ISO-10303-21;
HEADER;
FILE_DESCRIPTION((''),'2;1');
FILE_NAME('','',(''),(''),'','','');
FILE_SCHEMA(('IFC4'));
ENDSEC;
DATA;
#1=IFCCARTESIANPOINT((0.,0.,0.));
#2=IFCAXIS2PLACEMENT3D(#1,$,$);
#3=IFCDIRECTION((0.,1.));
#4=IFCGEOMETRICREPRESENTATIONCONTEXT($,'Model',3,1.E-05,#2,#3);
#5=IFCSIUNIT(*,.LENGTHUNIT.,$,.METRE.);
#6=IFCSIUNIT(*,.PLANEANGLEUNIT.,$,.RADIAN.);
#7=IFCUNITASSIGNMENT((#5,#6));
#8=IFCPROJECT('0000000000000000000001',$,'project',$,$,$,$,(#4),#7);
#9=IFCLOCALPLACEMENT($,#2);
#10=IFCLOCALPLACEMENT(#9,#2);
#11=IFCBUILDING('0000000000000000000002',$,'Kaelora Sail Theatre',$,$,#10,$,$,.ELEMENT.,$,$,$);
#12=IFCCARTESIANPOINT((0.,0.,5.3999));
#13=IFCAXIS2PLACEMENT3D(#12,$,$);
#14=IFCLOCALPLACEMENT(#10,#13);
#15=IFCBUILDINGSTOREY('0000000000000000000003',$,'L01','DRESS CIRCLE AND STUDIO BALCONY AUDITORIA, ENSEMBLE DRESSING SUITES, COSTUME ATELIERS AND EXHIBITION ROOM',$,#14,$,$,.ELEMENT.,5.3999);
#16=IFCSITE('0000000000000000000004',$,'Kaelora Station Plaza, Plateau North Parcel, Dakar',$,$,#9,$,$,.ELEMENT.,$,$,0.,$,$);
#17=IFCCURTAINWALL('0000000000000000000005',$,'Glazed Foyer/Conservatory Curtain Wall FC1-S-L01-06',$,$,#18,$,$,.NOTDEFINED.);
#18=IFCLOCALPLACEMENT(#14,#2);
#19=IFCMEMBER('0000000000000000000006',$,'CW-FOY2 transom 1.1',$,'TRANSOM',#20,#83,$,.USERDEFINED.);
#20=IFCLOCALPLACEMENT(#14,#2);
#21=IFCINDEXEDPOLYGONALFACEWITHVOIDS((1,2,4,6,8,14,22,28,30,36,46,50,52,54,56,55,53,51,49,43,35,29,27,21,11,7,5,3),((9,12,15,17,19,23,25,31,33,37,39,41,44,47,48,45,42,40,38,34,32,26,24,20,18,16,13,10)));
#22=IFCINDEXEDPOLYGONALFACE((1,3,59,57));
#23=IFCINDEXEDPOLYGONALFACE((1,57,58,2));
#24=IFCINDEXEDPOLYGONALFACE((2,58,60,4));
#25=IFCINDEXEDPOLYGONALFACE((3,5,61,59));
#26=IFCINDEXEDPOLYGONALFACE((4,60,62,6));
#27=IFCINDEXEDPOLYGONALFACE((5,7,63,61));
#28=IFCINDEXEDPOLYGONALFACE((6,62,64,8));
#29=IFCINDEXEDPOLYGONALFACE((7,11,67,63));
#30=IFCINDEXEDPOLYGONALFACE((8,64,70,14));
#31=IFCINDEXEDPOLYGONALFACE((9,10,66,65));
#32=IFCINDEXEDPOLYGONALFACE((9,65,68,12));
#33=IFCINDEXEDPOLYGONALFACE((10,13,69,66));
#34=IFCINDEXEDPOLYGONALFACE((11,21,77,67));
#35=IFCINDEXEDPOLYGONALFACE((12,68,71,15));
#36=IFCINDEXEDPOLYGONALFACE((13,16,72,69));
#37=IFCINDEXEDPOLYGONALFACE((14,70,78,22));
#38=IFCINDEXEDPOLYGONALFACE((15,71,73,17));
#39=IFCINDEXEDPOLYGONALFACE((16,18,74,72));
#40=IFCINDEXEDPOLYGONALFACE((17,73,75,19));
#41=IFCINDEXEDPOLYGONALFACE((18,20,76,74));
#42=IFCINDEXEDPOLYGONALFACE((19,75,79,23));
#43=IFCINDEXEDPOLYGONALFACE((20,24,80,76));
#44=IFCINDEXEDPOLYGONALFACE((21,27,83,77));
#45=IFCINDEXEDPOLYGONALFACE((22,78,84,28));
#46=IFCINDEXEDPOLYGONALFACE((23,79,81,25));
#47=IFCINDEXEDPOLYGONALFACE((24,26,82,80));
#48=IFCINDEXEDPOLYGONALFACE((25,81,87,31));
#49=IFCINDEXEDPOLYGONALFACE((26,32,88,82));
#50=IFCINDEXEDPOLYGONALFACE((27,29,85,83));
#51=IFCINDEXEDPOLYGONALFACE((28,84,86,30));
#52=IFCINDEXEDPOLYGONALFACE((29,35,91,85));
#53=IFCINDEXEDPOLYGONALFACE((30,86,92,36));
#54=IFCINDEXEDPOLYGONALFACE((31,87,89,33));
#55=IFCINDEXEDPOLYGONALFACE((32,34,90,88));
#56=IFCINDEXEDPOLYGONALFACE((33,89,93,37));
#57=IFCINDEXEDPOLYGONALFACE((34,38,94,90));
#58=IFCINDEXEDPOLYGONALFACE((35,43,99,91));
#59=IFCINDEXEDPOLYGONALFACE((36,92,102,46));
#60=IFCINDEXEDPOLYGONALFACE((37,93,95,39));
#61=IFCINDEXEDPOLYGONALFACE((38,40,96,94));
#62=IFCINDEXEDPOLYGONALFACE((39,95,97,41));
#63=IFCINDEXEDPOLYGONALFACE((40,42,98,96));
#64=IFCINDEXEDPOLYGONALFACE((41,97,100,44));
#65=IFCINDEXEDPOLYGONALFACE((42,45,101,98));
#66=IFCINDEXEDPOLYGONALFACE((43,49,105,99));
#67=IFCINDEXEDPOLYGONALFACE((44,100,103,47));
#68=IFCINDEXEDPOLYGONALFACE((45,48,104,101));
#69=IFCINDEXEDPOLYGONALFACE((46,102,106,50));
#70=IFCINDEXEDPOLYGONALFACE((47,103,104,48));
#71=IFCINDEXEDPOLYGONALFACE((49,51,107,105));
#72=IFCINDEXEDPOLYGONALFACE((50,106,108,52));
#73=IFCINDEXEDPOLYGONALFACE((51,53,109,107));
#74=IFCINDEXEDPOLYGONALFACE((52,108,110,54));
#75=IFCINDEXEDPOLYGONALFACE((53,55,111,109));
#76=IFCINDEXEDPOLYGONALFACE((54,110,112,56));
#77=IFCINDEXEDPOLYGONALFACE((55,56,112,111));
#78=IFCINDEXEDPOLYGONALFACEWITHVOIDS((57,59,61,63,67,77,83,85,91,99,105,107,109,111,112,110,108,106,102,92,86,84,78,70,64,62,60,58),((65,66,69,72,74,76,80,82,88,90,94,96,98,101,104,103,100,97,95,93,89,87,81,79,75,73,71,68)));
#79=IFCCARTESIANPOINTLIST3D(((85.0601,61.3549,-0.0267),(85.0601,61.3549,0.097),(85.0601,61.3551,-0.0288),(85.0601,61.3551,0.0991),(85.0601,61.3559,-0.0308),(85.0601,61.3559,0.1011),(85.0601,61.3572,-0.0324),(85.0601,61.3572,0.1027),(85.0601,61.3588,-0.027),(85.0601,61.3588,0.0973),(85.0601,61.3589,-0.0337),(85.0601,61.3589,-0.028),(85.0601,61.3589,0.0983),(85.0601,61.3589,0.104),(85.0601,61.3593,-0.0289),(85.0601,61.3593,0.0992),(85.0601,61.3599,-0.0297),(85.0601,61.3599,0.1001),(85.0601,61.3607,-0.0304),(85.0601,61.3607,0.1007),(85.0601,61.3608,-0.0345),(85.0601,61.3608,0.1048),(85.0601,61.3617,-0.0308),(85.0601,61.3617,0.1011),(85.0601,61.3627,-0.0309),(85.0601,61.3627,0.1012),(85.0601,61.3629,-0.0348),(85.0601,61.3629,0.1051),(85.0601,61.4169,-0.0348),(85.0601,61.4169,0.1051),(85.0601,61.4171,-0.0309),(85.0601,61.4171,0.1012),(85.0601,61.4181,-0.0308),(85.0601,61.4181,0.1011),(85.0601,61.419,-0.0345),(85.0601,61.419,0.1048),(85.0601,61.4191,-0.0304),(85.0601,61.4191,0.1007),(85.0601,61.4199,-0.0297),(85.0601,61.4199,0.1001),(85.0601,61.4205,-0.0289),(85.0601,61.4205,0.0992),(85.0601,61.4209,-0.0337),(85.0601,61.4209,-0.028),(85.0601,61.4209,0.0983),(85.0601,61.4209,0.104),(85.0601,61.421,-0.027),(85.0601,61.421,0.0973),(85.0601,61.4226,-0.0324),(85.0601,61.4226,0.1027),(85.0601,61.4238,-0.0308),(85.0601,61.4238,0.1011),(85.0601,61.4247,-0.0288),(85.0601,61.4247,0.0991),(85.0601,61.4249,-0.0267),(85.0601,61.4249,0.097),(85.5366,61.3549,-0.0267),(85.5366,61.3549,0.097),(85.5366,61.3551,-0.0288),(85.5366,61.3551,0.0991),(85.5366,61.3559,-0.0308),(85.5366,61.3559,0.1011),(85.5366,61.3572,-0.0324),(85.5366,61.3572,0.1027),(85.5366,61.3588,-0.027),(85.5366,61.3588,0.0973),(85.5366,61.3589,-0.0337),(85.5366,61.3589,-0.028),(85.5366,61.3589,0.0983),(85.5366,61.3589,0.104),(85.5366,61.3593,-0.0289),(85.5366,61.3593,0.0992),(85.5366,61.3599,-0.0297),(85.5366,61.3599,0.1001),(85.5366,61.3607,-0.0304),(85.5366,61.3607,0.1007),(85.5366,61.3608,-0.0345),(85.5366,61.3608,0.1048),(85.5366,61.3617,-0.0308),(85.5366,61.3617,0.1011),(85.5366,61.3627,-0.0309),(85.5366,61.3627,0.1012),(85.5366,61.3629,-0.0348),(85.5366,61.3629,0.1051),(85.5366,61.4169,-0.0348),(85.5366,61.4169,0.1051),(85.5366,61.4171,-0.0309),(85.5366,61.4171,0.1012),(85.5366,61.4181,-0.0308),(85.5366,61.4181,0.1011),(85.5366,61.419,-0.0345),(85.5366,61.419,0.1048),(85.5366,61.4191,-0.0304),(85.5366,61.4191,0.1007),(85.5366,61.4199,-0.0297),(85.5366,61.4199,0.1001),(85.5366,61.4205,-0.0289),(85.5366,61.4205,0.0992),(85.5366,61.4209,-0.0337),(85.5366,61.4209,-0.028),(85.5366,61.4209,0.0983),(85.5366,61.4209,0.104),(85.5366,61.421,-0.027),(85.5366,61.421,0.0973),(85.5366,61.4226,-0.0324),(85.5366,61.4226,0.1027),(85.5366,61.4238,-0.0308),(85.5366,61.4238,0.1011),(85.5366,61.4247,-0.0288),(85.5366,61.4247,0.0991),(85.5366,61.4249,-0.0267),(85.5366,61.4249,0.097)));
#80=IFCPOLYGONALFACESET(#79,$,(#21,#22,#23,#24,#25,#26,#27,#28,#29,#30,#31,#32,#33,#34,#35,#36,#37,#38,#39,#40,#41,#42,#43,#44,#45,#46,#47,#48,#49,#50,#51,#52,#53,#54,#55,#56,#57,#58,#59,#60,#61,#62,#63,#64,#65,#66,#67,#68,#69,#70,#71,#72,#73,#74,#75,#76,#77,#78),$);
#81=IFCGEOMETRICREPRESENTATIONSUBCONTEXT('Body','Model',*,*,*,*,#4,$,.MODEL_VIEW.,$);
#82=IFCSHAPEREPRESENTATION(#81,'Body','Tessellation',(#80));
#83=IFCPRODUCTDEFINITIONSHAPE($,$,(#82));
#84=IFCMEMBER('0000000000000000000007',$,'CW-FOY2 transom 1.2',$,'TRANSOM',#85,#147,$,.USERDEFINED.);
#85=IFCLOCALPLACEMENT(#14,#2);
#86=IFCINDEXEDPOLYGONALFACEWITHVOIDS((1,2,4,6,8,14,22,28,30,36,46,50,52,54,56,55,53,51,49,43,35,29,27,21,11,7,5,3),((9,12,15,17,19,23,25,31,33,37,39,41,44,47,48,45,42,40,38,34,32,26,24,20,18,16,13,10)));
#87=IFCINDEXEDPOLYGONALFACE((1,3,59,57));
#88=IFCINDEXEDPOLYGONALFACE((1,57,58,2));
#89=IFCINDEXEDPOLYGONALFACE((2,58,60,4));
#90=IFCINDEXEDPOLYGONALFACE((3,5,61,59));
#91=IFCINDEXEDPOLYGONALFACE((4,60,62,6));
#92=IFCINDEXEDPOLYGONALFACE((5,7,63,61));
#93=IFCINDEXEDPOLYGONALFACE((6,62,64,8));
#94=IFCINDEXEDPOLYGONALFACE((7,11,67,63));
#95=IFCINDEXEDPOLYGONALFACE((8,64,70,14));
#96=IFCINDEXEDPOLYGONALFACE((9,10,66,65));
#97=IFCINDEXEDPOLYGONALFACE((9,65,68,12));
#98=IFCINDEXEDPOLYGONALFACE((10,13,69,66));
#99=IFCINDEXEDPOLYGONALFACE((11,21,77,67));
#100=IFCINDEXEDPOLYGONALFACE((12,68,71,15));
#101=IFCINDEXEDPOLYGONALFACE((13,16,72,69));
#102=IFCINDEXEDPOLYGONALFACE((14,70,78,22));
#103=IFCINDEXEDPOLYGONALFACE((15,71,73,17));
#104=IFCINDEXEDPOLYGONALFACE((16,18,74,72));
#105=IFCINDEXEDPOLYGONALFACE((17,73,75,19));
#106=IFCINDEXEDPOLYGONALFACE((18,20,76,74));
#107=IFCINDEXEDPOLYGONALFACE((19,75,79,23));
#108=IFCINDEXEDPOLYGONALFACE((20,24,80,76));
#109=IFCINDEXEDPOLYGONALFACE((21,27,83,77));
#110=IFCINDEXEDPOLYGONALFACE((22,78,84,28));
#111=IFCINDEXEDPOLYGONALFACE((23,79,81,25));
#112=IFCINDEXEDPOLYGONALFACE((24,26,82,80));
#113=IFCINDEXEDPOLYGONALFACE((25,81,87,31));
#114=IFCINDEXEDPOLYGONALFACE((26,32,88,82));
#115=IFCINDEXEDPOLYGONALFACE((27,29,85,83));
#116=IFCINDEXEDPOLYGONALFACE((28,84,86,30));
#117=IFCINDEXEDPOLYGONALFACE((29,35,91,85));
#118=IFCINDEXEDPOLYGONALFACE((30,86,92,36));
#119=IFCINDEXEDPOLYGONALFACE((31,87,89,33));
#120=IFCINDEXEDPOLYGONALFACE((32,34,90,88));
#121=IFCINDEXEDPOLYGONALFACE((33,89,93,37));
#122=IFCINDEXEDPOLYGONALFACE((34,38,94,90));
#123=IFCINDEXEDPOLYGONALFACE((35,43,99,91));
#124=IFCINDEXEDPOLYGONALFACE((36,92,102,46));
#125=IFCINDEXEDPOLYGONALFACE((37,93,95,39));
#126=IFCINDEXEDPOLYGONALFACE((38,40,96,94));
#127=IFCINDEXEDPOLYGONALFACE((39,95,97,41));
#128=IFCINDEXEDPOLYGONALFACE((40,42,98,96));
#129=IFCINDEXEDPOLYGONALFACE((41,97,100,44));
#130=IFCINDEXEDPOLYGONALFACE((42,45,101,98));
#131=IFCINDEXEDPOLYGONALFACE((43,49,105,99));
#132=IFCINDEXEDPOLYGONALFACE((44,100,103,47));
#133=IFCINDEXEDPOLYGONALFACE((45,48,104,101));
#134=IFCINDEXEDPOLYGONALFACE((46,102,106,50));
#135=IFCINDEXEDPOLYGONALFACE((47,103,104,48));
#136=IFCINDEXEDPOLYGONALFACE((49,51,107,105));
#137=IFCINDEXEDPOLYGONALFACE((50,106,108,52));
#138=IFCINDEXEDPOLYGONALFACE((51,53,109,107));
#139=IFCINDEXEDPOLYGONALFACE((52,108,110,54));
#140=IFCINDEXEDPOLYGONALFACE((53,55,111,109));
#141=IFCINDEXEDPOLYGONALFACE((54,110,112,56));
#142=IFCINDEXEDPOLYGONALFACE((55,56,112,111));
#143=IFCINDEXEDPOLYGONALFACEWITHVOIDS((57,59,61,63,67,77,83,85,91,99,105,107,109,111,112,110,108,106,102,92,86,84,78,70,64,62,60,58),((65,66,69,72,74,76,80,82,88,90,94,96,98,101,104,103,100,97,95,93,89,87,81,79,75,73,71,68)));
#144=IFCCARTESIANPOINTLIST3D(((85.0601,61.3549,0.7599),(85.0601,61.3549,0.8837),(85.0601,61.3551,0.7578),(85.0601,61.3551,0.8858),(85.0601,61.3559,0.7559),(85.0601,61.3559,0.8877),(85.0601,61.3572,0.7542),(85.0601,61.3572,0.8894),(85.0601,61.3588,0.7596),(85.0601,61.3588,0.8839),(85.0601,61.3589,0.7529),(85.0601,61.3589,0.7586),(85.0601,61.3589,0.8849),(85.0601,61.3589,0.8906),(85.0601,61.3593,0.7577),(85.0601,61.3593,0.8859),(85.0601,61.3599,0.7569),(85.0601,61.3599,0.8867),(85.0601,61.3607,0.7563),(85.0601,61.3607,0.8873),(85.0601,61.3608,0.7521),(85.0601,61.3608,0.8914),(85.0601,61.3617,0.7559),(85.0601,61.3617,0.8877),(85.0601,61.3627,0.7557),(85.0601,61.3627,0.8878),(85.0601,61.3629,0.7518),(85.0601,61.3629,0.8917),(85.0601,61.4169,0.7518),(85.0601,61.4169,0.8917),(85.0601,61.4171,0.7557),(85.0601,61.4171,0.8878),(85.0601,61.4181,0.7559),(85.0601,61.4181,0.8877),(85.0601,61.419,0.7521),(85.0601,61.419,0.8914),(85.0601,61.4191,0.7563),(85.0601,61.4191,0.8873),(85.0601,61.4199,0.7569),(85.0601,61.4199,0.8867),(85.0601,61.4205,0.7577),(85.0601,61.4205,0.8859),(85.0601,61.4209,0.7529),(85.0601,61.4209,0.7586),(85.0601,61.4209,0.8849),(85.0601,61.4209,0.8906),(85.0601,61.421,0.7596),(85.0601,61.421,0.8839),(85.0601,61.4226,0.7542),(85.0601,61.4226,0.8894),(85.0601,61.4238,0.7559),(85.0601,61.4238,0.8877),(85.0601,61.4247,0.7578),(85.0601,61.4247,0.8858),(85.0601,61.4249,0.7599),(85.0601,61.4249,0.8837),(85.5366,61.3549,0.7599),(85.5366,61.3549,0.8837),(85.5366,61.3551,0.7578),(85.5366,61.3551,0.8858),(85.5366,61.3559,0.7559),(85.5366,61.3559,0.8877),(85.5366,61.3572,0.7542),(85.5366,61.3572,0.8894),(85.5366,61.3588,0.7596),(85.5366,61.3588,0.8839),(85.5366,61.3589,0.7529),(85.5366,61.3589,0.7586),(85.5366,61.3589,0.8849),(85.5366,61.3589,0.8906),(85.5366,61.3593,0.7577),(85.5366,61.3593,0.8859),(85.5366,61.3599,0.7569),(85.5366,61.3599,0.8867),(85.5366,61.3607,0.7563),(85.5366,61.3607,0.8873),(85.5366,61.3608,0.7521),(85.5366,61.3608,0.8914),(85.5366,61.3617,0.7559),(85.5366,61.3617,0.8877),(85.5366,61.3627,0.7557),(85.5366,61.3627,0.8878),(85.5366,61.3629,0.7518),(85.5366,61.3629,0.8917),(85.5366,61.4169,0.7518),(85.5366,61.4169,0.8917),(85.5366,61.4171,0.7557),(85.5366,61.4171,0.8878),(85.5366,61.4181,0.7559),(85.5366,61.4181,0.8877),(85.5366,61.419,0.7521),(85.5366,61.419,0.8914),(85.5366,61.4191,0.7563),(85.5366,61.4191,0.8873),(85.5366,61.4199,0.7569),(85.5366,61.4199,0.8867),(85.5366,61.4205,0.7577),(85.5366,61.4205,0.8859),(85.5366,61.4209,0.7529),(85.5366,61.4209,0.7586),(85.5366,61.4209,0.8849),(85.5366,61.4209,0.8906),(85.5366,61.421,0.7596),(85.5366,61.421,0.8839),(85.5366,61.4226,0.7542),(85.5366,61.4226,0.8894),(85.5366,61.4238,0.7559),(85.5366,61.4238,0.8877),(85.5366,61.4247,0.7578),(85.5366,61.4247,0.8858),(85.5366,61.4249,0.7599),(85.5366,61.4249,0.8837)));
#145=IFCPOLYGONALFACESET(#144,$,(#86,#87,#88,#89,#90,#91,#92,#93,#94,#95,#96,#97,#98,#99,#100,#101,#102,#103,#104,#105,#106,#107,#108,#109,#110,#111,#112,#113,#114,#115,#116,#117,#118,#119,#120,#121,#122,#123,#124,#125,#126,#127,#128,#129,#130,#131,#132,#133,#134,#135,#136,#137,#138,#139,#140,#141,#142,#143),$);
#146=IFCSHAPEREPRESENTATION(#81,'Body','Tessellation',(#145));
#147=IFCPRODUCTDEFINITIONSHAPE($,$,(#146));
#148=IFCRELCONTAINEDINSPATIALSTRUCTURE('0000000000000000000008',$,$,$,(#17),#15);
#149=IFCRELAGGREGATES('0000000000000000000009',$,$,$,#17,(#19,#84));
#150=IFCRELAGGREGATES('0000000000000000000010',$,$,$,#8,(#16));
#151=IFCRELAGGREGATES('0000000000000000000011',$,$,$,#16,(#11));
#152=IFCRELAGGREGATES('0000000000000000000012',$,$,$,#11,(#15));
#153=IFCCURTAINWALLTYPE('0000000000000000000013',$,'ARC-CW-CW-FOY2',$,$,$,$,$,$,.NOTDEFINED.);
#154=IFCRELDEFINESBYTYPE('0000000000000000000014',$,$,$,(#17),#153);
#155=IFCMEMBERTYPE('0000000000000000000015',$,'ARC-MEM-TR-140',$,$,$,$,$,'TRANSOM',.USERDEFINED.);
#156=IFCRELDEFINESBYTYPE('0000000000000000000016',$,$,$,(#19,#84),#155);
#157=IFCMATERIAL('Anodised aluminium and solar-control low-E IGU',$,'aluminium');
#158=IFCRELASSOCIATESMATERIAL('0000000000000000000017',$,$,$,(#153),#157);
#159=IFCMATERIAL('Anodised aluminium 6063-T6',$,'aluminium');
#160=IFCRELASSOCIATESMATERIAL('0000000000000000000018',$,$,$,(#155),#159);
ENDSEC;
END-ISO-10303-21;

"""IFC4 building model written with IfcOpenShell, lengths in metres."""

from ifc_helpers import new_model, si_unit, direction, frame, origin, origin_2d, place, context, subcontext, project, spatial, hollow_rectangle, extrude, material, material_profile, profile_set, type_object, element, aggregate, save


model = new_model("IFC4")

# Units and contexts
model_context = context("Model", 3, precision=1e-05, world=origin(), true_north=direction((0.0, 1.0)))
body_context = subcontext(model_context, "Body", "Model", "MODEL_VIEW")
ifc_project = project(units=[si_unit("LENGTHUNIT", "METRE"), si_unit("PLANEANGLEUNIT", "RADIAN")], contexts=[model_context])

# Site, building, storey
site_placement = place(None, origin())
site = spatial("IfcSite", under=ifc_project, at=site_placement, Name="Kaelora Station Plaza, Plateau North Parcel, Dakar", CompositionType="ELEMENT", RefElevation=0.0)
building_placement = place(site_placement, origin())
building = spatial("IfcBuilding", under=site, at=building_placement, Name="Kaelora Sail Theatre", CompositionType="ELEMENT")
storey_placement = place(building_placement, frame((0.0, 0.0, 5.3999)))
storey = spatial("IfcBuildingStorey", under=building, at=storey_placement, Name="L01", Description="DRESS CIRCLE AND STUDIO BALCONY AUDITORIA, ENSEMBLE DRESSING SUITES, COSTUME ATELIERS AND EXHIBITION ROOM", CompositionType="ELEMENT", Elevation=5.3999)

# Shared definitions
ifc_material_1 = material(Name="Anodised aluminium and solar-control low-E IGU", Category="aluminium")
curtain_wall_type = type_object("IfcCurtainWallType", Name="ARC-CW-CW-FOY2", PredefinedType="NOTDEFINED", material=ifc_material_1)

# Curtain wall
curtain_wall_1_placement = place(storey_placement, origin())
curtain_wall_1 = element("IfcCurtainWall", 1, at=curtain_wall_1_placement, inside=storey, type_object=curtain_wall_type, Name="Glazed Foyer/Conservatory Curtain Wall FC1-S-L01-06", PredefinedType="NOTDEFINED")

# Members
ifc_material_2 = material(Name="Anodised aluminium 6063-T6", Category="aluminium")
ifc_material_profile_1 = material_profile(ifc_material_2, hollow_rectangle(XDim=0.0701, YDim=0.1399, WallThickness=0.0039, InnerFilletRadius=0.0039, OuterFilletRadius=0.0081, at=origin_2d()), Name="ALU-TRAN 70x140x4")
ifc_profile_set_1 = profile_set([ifc_material_profile_1], Name="Anodised aluminium 6063-T6")
member_type_1 = type_object("IfcMemberType", Name="ARC-MEM-TR-140", ElementType="TRANSOM", PredefinedType="USERDEFINED", material=ifc_profile_set_1)
member_1_placement = place(storey_placement, frame((85.0601, 61.3899, 0.0352), z_axis=(1.0, 0.0, 0.0), x_axis=(0.0, 1.0, 0.0)))
member_1 = element("IfcMember", 2, at=member_1_placement, type_object=member_type_1, Name="CW-FOY2 transom 1.1", ObjectType="TRANSOM", PredefinedType="USERDEFINED", context=body_context, shape_type="SweptSolid", body=[
    extrude(hollow_rectangle(XDim=0.0701, YDim=0.1399, WallThickness=0.0039, InnerFilletRadius=0.0039, OuterFilletRadius=0.0081, at=origin_2d()), origin(), (0.0, 0.0, 1.0), 0.4766),
])
member_2_placement = place(storey_placement, frame((85.0601, 61.3899, 0.8218), z_axis=(1.0, 0.0, 0.0), x_axis=(0.0, 1.0, 0.0)))
member_2 = element("IfcMember", 3, at=member_2_placement, type_object=member_type_1, Name="CW-FOY2 transom 1.2", ObjectType="TRANSOM", PredefinedType="USERDEFINED", context=body_context, shape_type="SweptSolid", body=[
    extrude(hollow_rectangle(XDim=0.0701, YDim=0.1399, WallThickness=0.0039, InnerFilletRadius=0.0039, OuterFilletRadius=0.0081, at=origin_2d()), origin(), (0.0, 0.0, 1.0), 0.4766),
])
aggregate(curtain_wall_1, [member_1, member_2])

save(model, "model.ifc")
